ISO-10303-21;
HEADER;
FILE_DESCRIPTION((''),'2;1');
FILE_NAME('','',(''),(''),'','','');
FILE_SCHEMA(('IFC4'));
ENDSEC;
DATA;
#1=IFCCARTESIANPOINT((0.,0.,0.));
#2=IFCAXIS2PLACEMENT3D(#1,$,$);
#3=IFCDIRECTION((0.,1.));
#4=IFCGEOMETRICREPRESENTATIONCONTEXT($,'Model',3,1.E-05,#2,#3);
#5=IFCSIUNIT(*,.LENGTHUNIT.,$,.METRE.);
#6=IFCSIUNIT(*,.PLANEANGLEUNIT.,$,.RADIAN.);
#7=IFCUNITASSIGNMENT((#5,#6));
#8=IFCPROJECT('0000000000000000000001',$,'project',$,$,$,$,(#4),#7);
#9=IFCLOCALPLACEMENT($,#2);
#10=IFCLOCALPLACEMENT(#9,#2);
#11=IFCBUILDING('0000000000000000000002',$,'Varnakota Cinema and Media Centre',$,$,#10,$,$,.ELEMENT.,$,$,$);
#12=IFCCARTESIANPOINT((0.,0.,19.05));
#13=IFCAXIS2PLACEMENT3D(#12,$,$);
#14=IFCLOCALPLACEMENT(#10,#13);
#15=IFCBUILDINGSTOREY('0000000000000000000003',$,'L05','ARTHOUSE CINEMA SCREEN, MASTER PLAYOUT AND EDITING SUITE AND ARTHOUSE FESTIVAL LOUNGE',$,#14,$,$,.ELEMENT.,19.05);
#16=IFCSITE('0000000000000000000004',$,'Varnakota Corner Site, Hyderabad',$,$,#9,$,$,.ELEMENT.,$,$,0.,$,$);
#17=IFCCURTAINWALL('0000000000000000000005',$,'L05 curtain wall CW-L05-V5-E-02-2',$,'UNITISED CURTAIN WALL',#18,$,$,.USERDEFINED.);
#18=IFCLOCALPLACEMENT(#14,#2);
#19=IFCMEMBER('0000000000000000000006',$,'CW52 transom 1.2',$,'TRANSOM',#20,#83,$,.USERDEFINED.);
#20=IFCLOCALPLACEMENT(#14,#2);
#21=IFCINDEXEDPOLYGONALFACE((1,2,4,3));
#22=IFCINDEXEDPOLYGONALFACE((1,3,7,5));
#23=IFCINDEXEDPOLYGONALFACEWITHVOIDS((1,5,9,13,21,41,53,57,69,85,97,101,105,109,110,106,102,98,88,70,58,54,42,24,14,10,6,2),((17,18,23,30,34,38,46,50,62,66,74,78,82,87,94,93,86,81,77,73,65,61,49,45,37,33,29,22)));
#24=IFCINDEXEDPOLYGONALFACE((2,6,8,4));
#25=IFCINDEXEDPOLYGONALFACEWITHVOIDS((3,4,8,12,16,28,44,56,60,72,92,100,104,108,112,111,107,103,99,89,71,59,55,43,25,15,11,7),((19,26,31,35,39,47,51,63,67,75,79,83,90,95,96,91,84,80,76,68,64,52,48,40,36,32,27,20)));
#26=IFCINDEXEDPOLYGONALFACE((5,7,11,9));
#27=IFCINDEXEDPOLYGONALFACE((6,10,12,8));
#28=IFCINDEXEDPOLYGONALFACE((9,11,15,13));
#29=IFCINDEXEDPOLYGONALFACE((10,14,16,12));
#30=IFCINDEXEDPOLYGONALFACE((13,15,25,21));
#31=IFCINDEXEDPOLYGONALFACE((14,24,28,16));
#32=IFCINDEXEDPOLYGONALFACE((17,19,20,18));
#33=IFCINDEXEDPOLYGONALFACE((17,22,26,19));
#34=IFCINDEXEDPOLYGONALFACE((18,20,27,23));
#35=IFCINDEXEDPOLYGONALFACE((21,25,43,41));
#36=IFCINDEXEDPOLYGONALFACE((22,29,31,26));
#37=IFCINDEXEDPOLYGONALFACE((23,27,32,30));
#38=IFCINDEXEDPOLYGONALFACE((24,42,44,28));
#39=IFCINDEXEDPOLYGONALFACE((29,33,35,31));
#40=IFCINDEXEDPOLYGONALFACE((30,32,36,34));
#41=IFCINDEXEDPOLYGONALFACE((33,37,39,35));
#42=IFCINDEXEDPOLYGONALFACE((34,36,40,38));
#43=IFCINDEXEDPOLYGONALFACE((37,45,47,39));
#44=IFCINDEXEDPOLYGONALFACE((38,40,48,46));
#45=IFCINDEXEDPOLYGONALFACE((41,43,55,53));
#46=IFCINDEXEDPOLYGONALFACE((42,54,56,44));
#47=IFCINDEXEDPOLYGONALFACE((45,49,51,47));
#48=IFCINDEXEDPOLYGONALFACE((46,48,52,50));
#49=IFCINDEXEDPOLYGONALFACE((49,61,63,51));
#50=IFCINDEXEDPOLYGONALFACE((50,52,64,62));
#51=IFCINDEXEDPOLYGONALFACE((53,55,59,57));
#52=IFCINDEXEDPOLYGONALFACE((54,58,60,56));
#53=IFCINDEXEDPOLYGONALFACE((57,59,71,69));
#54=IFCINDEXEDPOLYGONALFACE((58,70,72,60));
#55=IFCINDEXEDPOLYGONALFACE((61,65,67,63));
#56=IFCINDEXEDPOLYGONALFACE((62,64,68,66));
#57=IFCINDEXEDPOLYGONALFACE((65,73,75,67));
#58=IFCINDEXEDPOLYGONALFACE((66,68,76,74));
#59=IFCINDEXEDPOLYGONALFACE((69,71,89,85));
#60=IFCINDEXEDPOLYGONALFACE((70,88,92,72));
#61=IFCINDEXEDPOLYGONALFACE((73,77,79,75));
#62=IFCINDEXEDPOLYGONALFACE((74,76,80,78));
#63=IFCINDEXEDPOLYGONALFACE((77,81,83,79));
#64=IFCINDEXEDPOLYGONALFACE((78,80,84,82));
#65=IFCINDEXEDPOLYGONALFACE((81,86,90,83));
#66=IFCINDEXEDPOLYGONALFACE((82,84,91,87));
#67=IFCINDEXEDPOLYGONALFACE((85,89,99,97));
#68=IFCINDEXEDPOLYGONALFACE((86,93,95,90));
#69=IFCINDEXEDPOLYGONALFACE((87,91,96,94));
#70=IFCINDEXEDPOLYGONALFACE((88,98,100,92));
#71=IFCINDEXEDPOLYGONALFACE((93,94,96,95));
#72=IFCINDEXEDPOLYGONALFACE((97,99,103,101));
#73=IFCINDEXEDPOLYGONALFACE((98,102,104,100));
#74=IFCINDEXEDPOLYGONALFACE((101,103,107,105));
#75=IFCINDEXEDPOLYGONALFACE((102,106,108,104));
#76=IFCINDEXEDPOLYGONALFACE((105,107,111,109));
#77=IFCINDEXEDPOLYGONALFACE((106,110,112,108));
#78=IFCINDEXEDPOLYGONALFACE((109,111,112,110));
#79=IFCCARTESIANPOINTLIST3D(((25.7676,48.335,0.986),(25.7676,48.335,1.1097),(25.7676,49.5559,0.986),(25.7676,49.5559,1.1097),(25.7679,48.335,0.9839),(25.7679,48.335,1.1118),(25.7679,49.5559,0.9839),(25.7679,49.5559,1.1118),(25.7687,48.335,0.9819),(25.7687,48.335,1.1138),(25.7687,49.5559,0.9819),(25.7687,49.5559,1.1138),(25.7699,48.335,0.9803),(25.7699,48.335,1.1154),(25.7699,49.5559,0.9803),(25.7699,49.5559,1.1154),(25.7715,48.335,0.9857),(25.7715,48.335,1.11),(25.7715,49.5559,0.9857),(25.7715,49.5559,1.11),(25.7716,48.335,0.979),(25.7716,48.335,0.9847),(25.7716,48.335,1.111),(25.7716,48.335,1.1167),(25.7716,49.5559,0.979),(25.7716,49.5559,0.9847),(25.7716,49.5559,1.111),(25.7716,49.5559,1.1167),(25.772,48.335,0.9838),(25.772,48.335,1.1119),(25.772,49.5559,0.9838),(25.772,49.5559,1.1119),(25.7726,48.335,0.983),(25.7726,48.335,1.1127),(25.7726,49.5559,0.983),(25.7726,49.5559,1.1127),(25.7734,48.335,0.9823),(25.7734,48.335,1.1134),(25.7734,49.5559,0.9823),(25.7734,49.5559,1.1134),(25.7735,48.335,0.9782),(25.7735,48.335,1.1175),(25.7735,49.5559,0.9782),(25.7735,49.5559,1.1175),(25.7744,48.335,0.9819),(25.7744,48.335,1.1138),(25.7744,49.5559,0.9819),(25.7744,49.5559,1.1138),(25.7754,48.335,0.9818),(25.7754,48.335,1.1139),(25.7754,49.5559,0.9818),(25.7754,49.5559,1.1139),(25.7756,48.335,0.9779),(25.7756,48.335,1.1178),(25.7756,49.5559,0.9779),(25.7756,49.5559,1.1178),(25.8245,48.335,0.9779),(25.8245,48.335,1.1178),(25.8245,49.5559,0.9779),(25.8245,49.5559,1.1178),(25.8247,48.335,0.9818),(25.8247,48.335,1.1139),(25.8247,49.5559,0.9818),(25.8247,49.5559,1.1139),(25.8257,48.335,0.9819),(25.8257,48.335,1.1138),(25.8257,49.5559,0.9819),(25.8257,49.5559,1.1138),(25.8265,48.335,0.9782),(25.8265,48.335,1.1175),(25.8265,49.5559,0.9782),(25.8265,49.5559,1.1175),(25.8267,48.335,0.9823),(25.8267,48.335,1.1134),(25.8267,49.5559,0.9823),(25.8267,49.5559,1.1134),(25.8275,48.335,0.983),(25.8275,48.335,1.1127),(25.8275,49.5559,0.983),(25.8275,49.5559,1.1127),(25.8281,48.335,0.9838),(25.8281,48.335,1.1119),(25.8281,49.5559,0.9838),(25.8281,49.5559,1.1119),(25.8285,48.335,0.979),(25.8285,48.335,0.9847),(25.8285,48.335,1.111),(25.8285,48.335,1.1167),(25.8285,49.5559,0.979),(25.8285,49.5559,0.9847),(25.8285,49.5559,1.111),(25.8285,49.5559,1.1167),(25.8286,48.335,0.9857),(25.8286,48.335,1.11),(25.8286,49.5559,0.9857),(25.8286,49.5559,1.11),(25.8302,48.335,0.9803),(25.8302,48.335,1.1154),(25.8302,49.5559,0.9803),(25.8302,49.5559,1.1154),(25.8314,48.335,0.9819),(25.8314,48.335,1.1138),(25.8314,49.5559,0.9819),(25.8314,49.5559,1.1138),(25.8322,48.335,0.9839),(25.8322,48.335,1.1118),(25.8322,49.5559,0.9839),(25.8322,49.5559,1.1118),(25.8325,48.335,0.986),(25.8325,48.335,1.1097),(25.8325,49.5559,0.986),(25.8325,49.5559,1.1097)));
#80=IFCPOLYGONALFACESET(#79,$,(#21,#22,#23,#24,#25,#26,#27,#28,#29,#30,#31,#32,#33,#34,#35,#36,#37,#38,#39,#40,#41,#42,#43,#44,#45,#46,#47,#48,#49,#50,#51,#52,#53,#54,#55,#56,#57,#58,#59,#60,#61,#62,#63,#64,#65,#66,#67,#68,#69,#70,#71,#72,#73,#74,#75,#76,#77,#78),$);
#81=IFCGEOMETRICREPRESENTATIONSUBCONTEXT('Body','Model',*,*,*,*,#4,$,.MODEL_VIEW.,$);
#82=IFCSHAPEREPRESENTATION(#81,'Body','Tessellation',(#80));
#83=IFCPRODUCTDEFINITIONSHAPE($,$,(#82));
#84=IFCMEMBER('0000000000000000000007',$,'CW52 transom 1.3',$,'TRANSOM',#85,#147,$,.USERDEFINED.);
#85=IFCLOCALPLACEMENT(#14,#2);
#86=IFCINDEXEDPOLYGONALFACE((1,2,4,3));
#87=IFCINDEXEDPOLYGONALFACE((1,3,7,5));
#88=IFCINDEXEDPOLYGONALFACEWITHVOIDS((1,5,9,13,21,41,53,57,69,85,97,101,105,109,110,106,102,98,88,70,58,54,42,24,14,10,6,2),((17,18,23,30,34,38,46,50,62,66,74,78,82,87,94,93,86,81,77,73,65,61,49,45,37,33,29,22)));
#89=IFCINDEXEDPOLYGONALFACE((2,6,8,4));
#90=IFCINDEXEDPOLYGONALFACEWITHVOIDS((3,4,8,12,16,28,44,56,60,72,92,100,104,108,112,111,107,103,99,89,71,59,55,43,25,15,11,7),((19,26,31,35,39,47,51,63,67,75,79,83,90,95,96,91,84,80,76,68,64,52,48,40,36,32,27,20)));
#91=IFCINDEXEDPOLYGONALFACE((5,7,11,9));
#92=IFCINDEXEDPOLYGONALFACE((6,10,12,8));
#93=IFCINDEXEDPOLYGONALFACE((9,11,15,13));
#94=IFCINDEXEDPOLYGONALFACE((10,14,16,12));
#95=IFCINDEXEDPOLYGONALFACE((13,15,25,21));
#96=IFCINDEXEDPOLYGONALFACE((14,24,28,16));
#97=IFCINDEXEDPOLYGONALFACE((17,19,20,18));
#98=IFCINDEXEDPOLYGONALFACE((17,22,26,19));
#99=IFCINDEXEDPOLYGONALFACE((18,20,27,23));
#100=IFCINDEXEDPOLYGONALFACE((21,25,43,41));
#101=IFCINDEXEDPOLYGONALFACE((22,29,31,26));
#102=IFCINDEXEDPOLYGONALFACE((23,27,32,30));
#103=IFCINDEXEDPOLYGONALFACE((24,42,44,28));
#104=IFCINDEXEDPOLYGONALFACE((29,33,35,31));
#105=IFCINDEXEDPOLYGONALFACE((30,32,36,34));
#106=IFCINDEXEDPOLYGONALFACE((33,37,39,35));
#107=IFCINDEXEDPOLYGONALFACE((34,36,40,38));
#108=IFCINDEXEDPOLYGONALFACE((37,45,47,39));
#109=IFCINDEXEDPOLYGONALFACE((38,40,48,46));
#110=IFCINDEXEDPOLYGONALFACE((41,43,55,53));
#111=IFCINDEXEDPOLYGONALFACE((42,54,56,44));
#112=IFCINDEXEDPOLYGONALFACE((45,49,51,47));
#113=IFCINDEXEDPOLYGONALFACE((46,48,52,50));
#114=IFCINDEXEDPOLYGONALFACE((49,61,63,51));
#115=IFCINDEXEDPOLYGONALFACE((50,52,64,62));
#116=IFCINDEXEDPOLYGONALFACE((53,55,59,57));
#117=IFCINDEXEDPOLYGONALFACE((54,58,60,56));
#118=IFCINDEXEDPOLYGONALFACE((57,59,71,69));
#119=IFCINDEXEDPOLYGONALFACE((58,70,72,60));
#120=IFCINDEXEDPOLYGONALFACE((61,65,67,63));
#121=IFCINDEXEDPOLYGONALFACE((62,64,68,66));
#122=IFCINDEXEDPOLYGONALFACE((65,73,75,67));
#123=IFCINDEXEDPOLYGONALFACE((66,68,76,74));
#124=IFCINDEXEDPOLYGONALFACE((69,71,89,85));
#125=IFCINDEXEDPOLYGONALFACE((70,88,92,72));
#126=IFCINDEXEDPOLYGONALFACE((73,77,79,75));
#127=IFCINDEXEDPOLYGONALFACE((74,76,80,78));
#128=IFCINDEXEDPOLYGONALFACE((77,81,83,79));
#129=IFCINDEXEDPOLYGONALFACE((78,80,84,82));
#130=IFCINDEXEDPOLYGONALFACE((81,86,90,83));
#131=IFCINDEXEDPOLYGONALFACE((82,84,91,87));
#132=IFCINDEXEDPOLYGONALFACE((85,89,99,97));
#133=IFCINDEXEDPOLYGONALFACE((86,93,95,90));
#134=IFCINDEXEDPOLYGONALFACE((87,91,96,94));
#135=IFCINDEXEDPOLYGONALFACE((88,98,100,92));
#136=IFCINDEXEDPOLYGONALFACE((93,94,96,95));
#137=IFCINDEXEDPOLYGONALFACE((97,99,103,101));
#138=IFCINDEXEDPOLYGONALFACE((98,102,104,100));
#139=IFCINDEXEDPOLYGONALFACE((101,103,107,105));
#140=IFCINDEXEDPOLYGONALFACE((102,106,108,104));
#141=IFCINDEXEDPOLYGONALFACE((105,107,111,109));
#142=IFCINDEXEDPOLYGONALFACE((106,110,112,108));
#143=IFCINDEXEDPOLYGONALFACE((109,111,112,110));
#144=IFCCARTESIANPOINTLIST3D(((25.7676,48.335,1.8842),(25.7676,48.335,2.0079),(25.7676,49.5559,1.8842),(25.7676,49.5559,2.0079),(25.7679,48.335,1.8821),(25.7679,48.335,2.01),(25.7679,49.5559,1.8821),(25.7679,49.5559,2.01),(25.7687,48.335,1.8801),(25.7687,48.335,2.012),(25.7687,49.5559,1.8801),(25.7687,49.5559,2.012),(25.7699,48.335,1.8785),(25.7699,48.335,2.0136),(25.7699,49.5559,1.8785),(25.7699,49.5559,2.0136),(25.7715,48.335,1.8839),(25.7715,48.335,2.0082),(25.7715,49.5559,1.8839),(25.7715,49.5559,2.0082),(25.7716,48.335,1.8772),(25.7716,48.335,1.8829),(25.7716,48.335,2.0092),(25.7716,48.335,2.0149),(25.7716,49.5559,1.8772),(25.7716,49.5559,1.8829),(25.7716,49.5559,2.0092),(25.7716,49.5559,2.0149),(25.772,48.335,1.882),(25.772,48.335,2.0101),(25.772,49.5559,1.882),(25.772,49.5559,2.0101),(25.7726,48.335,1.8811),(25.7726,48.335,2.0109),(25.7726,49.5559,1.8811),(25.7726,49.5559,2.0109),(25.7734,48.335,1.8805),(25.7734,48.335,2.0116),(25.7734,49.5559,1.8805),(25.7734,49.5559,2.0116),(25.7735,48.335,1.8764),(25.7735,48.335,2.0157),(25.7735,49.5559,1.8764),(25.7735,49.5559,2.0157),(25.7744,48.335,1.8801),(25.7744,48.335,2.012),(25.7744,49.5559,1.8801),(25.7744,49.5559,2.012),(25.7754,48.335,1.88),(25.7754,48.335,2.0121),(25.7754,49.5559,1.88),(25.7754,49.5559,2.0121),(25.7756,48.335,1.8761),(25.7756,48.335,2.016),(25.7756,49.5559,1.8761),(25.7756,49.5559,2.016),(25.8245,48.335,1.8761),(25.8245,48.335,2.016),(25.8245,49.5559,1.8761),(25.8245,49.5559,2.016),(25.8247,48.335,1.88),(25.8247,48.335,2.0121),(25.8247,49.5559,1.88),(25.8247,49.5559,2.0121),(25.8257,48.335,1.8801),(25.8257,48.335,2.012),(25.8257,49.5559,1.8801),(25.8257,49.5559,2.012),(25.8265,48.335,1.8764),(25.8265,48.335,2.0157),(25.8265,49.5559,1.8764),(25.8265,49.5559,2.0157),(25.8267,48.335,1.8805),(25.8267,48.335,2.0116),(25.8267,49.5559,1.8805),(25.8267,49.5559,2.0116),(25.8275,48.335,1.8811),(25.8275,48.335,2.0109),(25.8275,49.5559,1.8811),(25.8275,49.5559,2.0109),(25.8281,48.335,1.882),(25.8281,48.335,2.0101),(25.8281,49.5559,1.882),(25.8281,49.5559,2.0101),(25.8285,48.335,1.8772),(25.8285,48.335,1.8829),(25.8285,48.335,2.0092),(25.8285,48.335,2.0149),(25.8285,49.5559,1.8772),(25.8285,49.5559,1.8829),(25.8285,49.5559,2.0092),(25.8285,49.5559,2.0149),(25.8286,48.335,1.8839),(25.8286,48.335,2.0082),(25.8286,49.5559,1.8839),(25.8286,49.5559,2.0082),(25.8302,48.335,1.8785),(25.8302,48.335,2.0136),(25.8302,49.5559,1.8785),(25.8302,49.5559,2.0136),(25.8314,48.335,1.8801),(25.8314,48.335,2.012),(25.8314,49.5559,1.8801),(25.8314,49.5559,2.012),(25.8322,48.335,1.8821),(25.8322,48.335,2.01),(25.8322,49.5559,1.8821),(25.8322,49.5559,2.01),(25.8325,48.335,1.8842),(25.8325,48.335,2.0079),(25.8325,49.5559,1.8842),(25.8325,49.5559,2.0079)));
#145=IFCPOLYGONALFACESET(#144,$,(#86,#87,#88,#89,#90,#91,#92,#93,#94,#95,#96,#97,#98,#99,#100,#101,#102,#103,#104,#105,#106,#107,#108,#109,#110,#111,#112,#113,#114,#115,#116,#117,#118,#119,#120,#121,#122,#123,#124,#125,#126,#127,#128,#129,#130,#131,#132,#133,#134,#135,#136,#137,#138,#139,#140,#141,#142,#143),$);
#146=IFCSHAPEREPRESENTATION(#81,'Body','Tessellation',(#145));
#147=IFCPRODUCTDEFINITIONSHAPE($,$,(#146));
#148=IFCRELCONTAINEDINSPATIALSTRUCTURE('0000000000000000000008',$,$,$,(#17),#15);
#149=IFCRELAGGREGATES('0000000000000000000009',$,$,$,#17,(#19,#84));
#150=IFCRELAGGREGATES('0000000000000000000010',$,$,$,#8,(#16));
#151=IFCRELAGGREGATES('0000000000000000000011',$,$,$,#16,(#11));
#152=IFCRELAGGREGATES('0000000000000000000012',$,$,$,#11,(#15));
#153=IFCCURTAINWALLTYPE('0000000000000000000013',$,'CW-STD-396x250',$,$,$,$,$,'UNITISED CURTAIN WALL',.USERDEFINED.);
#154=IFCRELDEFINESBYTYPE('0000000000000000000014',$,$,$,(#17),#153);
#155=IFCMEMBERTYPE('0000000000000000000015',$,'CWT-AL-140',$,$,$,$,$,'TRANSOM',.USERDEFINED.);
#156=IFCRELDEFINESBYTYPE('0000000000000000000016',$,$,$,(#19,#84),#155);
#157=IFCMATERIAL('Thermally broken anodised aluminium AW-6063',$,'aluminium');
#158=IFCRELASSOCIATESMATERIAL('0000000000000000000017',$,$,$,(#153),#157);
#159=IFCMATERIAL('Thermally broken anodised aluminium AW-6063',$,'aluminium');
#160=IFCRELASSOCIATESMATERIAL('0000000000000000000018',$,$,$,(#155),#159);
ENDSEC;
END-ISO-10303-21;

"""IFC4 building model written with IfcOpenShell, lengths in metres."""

from ifc_helpers import new_model, si_unit, direction, frame, origin, origin_2d, place, context, subcontext, project, spatial, hollow_rectangle, extrude, material, material_profile, profile_set, type_object, element, aggregate, save


model = new_model("IFC4")

# Units and contexts
model_context = context("Model", 3, precision=1e-05, world=origin(), true_north=direction((0.0, 1.0)))
body_context = subcontext(model_context, "Body", "Model", "MODEL_VIEW")
ifc_project = project(units=[si_unit("LENGTHUNIT", "METRE"), si_unit("PLANEANGLEUNIT", "RADIAN")], contexts=[model_context])

# Site, building, storey
site_placement = place(None, origin())
site = spatial("IfcSite", under=ifc_project, at=site_placement, Name="Varnakota Corner Site, Hyderabad", CompositionType="ELEMENT", RefElevation=0.0)
building_placement = place(site_placement, origin())
building = spatial("IfcBuilding", under=site, at=building_placement, Name="Varnakota Cinema and Media Centre", CompositionType="ELEMENT")
storey_placement = place(building_placement, frame((0.0, 0.0, 19.05)))
storey = spatial("IfcBuildingStorey", under=building, at=storey_placement, Name="L05", Description="ARTHOUSE CINEMA SCREEN, MASTER PLAYOUT AND EDITING SUITE AND ARTHOUSE FESTIVAL LOUNGE", CompositionType="ELEMENT", Elevation=19.05)

# Shared definitions
ifc_material_1 = material(Name="Thermally broken anodised aluminium AW-6063", Category="aluminium")
curtain_wall_type_1 = type_object("IfcCurtainWallType", Name="CW-STD-396x250", ElementType="UNITISED CURTAIN WALL", PredefinedType="USERDEFINED", material=ifc_material_1)

# Curtain wall
curtain_wall_1_placement = place(storey_placement, origin())
curtain_wall_1 = element("IfcCurtainWall", 1, at=curtain_wall_1_placement, inside=storey, type_object=curtain_wall_type_1, Name="L05 curtain wall CW-L05-V5-E-02-2", ObjectType="UNITISED CURTAIN WALL", PredefinedType="USERDEFINED")

# Members
ifc_material_2 = material(Name="Thermally broken anodised aluminium AW-6063", Category="aluminium")
ifc_material_profile_1 = material_profile(ifc_material_2, hollow_rectangle(XDim=0.0649, YDim=0.1399, WallThickness=0.0039, InnerFilletRadius=0.0039, OuterFilletRadius=0.0081, at=origin_2d()), Name="AL-TRANSOM 140x65x4")
ifc_profile_set_1 = profile_set([ifc_material_profile_1], Name="Thermally broken anodised aluminium AW-6063")
member_type_1 = type_object("IfcMemberType", Name="CWT-AL-140", ElementType="TRANSOM", PredefinedType="USERDEFINED", material=ifc_profile_set_1)
member_1_placement = place(storey_placement, frame((25.8, 48.335, 1.0479), z_axis=(0.0, 1.0, 0.0), x_axis=(-1.0, 0.0, 0.0)))
member_1 = element("IfcMember", 2, at=member_1_placement, type_object=member_type_1, Name="CW52 transom 1.2", ObjectType="TRANSOM", PredefinedType="USERDEFINED", context=body_context, shape_type="SweptSolid", body=[
    extrude(hollow_rectangle(XDim=0.0649, YDim=0.1399, WallThickness=0.0039, InnerFilletRadius=0.0039, OuterFilletRadius=0.0081, at=origin_2d()), origin(), (0.0, 0.0, 1.0), 1.2209),
])
member_2_placement = place(storey_placement, frame((25.8, 48.335, 1.946), z_axis=(0.0, 1.0, 0.0), x_axis=(-1.0, 0.0, 0.0)))
member_2 = element("IfcMember", 3, at=member_2_placement, type_object=member_type_1, Name="CW52 transom 1.3", ObjectType="TRANSOM", PredefinedType="USERDEFINED", context=body_context, shape_type="SweptSolid", body=[
    extrude(hollow_rectangle(XDim=0.0649, YDim=0.1399, WallThickness=0.0039, InnerFilletRadius=0.0039, OuterFilletRadius=0.0081, at=origin_2d()), origin(), (0.0, 0.0, 1.0), 1.2209),
])

aggregate(curtain_wall_1, [member_1, member_2])

save(model, "model.ifc")
